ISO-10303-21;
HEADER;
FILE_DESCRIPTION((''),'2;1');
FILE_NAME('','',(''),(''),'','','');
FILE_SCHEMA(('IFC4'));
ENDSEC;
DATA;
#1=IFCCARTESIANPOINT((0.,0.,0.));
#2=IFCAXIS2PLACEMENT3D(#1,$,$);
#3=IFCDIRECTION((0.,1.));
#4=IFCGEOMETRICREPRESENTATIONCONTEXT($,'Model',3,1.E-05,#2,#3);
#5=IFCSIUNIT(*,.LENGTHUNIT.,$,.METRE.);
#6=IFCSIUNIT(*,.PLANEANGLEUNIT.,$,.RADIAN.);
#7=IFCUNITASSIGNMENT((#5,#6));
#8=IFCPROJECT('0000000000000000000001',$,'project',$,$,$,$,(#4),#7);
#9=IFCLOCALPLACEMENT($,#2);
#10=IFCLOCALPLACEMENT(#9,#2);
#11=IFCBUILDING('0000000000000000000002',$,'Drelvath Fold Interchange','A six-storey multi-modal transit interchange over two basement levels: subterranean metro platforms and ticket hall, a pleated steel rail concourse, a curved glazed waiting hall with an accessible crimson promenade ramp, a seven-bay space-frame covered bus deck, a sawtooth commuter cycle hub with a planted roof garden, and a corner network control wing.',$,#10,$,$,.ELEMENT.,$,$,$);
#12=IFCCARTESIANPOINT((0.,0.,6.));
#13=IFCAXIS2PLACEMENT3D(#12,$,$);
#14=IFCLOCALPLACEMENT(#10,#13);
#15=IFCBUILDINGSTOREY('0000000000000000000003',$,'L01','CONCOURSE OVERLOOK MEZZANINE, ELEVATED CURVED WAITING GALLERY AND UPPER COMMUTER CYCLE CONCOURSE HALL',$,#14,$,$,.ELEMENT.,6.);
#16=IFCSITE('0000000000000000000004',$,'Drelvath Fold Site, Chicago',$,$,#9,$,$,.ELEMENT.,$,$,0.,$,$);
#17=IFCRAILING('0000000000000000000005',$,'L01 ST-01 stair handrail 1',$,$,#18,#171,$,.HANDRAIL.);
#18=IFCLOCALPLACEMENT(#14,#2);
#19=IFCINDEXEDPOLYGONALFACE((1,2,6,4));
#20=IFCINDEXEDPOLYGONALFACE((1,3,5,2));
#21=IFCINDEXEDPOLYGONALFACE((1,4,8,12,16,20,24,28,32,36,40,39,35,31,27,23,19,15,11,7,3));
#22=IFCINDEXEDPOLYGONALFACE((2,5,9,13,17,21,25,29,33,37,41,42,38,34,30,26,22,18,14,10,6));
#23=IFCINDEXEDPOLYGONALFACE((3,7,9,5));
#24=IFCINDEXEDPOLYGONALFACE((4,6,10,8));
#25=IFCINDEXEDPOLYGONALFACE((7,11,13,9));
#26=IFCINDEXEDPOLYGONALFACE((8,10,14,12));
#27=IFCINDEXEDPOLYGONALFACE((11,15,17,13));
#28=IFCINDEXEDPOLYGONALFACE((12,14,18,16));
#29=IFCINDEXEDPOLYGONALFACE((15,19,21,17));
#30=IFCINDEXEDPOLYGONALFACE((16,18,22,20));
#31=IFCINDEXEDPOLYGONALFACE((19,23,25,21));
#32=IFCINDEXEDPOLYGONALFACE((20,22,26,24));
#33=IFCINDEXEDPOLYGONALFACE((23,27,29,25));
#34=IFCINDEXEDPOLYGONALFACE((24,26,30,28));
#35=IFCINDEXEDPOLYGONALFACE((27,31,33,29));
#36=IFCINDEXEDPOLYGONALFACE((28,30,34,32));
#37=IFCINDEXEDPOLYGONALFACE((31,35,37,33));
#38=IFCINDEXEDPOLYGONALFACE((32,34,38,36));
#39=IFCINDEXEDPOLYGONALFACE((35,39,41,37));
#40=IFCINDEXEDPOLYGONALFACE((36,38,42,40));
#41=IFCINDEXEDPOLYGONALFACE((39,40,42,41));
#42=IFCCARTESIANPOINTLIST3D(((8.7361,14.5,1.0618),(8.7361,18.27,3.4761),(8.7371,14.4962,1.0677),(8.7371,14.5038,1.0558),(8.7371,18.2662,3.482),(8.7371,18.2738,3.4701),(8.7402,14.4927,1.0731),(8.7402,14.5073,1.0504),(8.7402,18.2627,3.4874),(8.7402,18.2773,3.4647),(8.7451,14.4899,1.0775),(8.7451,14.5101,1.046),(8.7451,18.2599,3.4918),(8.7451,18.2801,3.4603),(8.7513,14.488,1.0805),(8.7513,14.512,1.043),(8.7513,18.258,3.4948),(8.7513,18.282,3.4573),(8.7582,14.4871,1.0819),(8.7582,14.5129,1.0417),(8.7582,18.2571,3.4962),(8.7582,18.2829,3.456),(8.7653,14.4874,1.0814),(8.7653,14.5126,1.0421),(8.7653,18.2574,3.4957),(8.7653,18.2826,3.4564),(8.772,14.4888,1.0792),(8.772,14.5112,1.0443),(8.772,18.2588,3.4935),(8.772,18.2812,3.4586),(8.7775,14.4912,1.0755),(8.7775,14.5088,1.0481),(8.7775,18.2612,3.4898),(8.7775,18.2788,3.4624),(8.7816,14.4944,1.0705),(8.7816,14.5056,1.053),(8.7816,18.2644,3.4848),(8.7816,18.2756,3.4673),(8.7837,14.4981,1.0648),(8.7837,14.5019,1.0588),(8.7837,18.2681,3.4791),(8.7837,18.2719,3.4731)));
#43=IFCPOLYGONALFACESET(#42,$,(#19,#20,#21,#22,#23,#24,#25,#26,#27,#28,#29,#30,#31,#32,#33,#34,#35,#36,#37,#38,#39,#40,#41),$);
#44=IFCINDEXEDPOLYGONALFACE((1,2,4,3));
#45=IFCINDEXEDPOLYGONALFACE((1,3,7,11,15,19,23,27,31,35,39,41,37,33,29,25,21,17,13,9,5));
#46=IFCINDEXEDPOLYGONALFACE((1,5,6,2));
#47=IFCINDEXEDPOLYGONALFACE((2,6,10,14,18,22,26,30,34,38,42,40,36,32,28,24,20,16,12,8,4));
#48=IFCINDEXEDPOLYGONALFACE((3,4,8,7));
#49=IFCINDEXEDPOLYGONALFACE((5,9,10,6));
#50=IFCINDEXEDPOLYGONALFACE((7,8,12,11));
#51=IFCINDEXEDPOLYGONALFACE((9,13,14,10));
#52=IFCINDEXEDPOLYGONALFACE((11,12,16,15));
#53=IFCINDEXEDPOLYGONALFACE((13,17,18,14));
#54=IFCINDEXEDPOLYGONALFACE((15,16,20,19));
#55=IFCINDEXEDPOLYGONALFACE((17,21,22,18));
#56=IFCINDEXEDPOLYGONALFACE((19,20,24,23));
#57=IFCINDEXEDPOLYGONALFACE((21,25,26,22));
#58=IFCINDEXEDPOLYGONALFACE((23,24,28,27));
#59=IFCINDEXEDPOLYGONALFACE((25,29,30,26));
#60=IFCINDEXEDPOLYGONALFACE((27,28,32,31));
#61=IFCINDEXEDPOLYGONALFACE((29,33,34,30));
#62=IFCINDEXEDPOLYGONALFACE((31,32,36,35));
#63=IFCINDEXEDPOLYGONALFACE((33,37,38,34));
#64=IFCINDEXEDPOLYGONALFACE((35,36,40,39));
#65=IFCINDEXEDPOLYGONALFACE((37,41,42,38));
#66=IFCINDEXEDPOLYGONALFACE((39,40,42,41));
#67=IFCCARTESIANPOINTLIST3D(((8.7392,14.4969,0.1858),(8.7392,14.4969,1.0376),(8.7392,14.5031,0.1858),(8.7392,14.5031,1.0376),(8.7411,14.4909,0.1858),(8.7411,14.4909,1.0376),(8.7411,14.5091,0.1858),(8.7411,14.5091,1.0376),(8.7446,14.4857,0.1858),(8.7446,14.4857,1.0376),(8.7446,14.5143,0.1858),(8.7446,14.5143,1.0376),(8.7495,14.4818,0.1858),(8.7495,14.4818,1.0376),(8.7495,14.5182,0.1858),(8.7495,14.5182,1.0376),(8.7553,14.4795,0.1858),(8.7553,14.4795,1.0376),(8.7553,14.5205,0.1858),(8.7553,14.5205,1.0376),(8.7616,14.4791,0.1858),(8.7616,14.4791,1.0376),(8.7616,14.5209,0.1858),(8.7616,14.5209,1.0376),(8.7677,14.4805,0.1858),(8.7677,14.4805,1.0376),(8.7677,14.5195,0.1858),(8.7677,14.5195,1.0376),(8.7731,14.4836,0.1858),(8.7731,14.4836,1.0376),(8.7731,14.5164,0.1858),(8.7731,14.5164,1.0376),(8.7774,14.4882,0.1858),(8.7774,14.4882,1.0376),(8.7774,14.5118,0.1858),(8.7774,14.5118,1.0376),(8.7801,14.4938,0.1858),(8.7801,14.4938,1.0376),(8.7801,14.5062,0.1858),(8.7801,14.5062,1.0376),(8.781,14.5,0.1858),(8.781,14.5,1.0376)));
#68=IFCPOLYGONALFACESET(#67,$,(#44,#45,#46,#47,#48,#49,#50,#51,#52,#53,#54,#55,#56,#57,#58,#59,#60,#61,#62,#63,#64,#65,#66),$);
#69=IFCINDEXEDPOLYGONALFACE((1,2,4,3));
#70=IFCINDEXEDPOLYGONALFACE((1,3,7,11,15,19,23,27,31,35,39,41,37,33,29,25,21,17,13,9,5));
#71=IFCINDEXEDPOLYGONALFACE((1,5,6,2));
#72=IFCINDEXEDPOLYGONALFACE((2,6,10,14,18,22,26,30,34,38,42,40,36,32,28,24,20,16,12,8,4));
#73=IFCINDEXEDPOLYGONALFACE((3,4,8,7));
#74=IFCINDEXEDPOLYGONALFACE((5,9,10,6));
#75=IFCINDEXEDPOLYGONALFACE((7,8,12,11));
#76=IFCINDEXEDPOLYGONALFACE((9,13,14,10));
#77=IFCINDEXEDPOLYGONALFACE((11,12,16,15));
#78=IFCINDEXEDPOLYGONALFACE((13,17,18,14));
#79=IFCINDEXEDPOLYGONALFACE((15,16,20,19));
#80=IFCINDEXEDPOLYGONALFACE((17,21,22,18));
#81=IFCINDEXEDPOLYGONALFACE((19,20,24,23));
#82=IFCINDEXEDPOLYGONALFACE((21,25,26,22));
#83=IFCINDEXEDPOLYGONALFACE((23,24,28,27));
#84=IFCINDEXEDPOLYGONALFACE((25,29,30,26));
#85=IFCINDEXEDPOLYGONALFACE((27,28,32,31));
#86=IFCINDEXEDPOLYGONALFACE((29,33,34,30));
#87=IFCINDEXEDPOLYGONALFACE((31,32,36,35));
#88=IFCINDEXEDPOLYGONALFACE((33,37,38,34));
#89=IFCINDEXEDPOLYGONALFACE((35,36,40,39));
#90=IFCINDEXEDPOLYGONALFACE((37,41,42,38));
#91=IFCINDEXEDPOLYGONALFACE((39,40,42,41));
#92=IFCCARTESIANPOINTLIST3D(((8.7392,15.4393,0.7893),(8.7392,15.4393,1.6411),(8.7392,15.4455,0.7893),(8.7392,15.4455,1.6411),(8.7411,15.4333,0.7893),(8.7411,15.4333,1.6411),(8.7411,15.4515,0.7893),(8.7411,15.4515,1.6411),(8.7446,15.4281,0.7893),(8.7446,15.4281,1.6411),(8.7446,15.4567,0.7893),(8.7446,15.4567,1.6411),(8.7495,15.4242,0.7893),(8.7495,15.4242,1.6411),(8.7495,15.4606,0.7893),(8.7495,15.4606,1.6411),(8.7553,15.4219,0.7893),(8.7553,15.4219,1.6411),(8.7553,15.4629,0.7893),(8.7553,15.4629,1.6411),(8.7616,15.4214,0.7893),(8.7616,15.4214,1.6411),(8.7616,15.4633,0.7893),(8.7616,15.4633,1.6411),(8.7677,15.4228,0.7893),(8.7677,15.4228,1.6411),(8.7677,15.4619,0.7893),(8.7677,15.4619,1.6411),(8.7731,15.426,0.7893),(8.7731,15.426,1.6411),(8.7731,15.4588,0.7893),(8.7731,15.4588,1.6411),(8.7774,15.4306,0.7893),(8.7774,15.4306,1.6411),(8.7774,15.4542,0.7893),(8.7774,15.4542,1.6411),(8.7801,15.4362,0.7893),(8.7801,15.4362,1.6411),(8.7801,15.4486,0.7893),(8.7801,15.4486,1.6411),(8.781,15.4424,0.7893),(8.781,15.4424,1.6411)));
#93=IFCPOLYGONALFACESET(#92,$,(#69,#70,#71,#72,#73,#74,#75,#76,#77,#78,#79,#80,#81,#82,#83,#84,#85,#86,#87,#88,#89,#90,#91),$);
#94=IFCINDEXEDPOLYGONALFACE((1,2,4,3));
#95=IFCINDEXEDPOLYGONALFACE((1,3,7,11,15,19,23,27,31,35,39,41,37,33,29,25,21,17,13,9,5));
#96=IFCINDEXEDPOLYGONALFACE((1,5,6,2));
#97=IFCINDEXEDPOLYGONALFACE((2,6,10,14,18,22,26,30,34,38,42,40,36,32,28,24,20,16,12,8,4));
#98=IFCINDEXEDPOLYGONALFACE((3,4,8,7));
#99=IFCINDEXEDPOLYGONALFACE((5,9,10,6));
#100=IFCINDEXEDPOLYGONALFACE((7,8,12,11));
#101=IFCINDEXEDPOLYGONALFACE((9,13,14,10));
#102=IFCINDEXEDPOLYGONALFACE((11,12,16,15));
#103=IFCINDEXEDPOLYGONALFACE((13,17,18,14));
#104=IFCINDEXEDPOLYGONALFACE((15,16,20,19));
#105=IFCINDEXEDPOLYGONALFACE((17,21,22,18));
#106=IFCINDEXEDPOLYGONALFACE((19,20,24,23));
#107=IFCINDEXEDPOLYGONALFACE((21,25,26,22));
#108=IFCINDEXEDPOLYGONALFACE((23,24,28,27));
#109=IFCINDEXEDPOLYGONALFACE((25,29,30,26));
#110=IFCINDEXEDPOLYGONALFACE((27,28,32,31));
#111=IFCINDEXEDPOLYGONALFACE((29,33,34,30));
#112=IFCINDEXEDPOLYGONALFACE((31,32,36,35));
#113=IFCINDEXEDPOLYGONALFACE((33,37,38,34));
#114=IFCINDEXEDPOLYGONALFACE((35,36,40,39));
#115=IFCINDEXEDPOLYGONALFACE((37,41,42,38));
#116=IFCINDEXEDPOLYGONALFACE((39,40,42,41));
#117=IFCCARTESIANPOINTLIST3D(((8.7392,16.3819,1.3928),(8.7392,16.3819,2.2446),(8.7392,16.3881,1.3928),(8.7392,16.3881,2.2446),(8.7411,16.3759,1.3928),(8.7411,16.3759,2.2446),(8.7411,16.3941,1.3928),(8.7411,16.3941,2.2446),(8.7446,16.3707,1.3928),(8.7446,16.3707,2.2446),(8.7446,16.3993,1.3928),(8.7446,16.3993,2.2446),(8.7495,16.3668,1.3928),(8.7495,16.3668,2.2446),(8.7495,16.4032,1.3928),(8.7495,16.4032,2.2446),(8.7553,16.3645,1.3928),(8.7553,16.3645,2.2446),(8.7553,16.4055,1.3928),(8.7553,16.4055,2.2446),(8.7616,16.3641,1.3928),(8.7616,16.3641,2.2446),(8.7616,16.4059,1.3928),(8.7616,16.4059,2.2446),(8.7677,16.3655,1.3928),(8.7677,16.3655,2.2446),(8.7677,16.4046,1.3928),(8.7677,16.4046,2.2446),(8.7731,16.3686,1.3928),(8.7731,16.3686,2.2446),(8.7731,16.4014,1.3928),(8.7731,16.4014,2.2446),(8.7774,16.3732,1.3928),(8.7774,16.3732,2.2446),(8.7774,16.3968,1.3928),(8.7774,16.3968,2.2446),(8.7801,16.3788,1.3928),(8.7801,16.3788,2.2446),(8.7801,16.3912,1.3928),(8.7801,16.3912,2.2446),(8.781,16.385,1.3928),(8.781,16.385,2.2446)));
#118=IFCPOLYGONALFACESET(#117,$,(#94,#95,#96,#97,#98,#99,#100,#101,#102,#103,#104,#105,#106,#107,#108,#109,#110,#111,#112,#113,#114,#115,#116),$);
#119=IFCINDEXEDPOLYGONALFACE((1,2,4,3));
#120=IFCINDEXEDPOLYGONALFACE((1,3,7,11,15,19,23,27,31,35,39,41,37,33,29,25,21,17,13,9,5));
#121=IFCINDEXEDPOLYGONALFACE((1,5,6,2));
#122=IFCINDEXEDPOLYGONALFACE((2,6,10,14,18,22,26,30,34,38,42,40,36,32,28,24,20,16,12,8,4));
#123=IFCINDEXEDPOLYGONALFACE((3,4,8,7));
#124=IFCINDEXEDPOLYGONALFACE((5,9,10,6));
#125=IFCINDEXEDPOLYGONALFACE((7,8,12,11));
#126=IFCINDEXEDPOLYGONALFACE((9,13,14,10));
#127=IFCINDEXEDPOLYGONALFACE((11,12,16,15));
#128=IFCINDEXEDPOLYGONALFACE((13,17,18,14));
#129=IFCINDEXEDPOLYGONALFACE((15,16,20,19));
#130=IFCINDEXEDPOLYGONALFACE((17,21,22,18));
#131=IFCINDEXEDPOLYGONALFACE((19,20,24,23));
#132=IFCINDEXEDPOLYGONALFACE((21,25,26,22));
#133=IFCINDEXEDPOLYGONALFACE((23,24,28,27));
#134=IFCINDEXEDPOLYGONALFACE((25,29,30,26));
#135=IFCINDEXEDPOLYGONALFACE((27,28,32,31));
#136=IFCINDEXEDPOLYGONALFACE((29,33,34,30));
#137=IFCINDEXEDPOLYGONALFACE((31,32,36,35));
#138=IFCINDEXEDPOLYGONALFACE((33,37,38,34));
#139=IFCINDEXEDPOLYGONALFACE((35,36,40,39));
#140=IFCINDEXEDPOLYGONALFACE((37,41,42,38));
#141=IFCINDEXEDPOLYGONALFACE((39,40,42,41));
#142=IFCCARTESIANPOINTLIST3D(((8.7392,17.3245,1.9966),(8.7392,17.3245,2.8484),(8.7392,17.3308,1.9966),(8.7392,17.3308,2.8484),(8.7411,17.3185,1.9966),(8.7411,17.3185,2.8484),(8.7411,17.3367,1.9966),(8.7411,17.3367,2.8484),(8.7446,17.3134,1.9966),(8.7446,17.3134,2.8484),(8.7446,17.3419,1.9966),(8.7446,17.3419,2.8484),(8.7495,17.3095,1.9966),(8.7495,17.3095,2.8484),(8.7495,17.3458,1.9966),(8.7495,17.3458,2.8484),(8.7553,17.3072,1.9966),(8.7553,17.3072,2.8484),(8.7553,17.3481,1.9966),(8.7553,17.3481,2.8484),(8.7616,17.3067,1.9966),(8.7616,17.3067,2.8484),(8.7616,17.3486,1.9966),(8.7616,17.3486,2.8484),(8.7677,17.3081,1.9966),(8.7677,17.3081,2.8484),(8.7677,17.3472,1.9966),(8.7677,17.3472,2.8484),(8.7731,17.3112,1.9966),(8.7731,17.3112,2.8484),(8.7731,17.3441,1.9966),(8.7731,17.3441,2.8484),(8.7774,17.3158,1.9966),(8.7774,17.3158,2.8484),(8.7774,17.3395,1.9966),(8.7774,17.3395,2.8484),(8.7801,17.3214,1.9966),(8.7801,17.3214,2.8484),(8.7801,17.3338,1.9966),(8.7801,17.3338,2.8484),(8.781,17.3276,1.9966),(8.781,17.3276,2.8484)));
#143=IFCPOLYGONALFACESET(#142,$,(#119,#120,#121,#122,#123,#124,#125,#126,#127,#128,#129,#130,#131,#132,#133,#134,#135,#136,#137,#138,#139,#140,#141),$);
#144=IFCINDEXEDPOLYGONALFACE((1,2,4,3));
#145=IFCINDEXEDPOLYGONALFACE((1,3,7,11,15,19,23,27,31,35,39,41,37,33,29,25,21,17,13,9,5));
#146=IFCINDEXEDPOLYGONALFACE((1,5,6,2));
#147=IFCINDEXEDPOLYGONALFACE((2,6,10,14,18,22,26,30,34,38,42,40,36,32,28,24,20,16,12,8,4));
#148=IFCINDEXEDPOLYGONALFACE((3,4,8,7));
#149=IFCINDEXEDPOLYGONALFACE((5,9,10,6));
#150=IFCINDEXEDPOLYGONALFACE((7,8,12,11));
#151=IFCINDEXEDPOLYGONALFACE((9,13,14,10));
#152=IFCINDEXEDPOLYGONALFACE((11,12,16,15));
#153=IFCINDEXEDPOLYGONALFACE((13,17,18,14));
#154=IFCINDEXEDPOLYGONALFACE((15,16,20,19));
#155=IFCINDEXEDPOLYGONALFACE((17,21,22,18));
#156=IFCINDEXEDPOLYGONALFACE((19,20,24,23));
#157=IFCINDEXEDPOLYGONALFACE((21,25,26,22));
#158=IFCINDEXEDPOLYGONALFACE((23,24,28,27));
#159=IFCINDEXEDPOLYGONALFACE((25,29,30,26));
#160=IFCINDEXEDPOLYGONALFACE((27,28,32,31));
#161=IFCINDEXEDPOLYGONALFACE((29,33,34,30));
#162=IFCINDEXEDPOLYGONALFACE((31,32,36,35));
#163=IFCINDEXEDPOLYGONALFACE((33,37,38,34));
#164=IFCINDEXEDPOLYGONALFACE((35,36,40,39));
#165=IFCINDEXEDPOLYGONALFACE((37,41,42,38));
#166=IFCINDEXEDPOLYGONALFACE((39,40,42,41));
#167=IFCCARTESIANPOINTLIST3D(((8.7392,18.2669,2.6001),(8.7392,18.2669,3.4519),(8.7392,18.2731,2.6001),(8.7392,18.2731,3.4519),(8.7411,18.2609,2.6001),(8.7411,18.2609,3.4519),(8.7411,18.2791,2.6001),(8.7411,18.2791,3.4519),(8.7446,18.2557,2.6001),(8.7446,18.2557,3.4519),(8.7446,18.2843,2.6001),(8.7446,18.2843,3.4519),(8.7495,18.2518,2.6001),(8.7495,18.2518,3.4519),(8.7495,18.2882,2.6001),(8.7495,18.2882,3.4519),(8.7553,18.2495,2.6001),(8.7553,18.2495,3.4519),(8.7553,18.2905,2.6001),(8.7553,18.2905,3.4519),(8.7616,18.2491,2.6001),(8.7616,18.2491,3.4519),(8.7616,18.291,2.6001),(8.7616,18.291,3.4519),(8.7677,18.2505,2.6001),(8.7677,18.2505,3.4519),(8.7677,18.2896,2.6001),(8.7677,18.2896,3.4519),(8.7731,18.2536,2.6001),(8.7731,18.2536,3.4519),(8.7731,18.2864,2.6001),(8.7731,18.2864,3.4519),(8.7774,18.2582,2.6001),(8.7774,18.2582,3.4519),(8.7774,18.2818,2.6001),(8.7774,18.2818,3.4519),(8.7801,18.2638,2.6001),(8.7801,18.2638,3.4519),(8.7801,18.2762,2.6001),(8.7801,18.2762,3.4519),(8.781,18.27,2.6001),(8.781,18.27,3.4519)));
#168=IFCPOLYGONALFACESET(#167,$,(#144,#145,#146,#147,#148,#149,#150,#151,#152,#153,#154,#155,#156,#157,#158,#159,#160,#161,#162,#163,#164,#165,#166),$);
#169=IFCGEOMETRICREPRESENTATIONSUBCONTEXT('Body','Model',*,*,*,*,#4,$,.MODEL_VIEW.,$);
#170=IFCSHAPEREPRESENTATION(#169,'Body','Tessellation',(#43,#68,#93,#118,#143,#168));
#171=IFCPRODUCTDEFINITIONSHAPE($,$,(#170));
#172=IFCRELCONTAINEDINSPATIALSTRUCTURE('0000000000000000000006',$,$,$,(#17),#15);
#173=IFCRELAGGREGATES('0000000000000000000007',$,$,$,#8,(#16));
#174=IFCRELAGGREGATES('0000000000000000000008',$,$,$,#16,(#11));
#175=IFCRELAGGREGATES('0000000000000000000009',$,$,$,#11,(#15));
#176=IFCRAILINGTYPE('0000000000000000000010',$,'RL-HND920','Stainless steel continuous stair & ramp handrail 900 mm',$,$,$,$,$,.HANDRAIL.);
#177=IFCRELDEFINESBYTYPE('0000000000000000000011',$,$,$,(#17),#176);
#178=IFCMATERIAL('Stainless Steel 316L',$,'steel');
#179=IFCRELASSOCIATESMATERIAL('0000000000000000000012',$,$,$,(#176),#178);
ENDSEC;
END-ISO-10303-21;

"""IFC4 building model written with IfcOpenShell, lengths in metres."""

from ifc_helpers import new_model, si_unit, direction, frame, origin, origin_2d, place, context, subcontext, project, spatial, circle, extrude, material, type_object, element, save


model = new_model("IFC4")

# Units and contexts
model_context = context("Model", 3, precision=1e-05, world=origin(), true_north=direction((0.0, 1.0)))
body_context = subcontext(model_context, "Body", "Model", "MODEL_VIEW")
ifc_project = project(units=[si_unit("LENGTHUNIT", "METRE"), si_unit("PLANEANGLEUNIT", "RADIAN")], contexts=[model_context])

# Site, building, storey
site_placement = place(None, origin())
site = spatial("IfcSite", under=ifc_project, at=site_placement, Name="Drelvath Fold Site, Chicago", CompositionType="ELEMENT", RefElevation=0.0)
building_placement = place(site_placement, origin())
building = spatial("IfcBuilding", under=site, at=building_placement, Name="Drelvath Fold Interchange", Description="A six-storey multi-modal transit interchange over two basement levels: subterranean metro platforms and ticket hall, a pleated steel rail concourse, a curved glazed waiting hall with an accessible crimson promenade ramp, a seven-bay space-frame covered bus deck, a sawtooth commuter cycle hub with a planted roof garden, and a corner network control wing.", CompositionType="ELEMENT")
storey_placement = place(building_placement, frame((0.0, 0.0, 6.0)))
storey = spatial("IfcBuildingStorey", under=building, at=storey_placement, Name="L01", Description="CONCOURSE OVERLOOK MEZZANINE, ELEVATED CURVED WAITING GALLERY AND UPPER COMMUTER CYCLE CONCOURSE HALL", CompositionType="ELEMENT", Elevation=6.0)

# Railing
ifc_material_1 = material(Name="Stainless Steel 316L", Category="steel")
railing_type_1 = type_object("IfcRailingType", Name="RL-HND920", Description="Stainless steel continuous stair & ramp handrail 900 mm", PredefinedType="HANDRAIL", material=ifc_material_1)
railing_1_placement = place(storey_placement, frame((8.76, 14.5, 0.1858)))
element("IfcRailing", 1, at=railing_1_placement, inside=storey, type_object=railing_type_1, Name="L01 ST-01 stair handrail 1", PredefinedType="HANDRAIL", context=body_context, shape_type="SweptSolid", body=[
    extrude(circle(Radius=0.0239, at=origin_2d()), frame((0.0, 0.0, 0.876), z_axis=(0.0, 0.84212, 0.53929), x_axis=(-1.0, 0.0, 0.0)), (0.0, 0.0, 1.0), 4.4768),
    extrude(circle(Radius=0.021, at=origin_2d()), origin(), (0.0, 0.0, 1.0), 0.8518),
    extrude(circle(Radius=0.021, at=origin_2d()), frame((0.0, 0.9424, 0.6035)), (0.0, 0.0, 1.0), 0.8518),
    extrude(circle(Radius=0.021, at=origin_2d()), frame((0.0, 1.885, 1.207)), (0.0, 0.0, 1.0), 0.8518),
    extrude(circle(Radius=0.021, at=origin_2d()), frame((0.0, 2.8276, 1.8108)), (0.0, 0.0, 1.0), 0.8518),
    extrude(circle(Radius=0.021, at=origin_2d()), frame((0.0, 3.77, 2.4143)), (0.0, 0.0, 1.0), 0.8518),
])

save(model, "model.ifc")
